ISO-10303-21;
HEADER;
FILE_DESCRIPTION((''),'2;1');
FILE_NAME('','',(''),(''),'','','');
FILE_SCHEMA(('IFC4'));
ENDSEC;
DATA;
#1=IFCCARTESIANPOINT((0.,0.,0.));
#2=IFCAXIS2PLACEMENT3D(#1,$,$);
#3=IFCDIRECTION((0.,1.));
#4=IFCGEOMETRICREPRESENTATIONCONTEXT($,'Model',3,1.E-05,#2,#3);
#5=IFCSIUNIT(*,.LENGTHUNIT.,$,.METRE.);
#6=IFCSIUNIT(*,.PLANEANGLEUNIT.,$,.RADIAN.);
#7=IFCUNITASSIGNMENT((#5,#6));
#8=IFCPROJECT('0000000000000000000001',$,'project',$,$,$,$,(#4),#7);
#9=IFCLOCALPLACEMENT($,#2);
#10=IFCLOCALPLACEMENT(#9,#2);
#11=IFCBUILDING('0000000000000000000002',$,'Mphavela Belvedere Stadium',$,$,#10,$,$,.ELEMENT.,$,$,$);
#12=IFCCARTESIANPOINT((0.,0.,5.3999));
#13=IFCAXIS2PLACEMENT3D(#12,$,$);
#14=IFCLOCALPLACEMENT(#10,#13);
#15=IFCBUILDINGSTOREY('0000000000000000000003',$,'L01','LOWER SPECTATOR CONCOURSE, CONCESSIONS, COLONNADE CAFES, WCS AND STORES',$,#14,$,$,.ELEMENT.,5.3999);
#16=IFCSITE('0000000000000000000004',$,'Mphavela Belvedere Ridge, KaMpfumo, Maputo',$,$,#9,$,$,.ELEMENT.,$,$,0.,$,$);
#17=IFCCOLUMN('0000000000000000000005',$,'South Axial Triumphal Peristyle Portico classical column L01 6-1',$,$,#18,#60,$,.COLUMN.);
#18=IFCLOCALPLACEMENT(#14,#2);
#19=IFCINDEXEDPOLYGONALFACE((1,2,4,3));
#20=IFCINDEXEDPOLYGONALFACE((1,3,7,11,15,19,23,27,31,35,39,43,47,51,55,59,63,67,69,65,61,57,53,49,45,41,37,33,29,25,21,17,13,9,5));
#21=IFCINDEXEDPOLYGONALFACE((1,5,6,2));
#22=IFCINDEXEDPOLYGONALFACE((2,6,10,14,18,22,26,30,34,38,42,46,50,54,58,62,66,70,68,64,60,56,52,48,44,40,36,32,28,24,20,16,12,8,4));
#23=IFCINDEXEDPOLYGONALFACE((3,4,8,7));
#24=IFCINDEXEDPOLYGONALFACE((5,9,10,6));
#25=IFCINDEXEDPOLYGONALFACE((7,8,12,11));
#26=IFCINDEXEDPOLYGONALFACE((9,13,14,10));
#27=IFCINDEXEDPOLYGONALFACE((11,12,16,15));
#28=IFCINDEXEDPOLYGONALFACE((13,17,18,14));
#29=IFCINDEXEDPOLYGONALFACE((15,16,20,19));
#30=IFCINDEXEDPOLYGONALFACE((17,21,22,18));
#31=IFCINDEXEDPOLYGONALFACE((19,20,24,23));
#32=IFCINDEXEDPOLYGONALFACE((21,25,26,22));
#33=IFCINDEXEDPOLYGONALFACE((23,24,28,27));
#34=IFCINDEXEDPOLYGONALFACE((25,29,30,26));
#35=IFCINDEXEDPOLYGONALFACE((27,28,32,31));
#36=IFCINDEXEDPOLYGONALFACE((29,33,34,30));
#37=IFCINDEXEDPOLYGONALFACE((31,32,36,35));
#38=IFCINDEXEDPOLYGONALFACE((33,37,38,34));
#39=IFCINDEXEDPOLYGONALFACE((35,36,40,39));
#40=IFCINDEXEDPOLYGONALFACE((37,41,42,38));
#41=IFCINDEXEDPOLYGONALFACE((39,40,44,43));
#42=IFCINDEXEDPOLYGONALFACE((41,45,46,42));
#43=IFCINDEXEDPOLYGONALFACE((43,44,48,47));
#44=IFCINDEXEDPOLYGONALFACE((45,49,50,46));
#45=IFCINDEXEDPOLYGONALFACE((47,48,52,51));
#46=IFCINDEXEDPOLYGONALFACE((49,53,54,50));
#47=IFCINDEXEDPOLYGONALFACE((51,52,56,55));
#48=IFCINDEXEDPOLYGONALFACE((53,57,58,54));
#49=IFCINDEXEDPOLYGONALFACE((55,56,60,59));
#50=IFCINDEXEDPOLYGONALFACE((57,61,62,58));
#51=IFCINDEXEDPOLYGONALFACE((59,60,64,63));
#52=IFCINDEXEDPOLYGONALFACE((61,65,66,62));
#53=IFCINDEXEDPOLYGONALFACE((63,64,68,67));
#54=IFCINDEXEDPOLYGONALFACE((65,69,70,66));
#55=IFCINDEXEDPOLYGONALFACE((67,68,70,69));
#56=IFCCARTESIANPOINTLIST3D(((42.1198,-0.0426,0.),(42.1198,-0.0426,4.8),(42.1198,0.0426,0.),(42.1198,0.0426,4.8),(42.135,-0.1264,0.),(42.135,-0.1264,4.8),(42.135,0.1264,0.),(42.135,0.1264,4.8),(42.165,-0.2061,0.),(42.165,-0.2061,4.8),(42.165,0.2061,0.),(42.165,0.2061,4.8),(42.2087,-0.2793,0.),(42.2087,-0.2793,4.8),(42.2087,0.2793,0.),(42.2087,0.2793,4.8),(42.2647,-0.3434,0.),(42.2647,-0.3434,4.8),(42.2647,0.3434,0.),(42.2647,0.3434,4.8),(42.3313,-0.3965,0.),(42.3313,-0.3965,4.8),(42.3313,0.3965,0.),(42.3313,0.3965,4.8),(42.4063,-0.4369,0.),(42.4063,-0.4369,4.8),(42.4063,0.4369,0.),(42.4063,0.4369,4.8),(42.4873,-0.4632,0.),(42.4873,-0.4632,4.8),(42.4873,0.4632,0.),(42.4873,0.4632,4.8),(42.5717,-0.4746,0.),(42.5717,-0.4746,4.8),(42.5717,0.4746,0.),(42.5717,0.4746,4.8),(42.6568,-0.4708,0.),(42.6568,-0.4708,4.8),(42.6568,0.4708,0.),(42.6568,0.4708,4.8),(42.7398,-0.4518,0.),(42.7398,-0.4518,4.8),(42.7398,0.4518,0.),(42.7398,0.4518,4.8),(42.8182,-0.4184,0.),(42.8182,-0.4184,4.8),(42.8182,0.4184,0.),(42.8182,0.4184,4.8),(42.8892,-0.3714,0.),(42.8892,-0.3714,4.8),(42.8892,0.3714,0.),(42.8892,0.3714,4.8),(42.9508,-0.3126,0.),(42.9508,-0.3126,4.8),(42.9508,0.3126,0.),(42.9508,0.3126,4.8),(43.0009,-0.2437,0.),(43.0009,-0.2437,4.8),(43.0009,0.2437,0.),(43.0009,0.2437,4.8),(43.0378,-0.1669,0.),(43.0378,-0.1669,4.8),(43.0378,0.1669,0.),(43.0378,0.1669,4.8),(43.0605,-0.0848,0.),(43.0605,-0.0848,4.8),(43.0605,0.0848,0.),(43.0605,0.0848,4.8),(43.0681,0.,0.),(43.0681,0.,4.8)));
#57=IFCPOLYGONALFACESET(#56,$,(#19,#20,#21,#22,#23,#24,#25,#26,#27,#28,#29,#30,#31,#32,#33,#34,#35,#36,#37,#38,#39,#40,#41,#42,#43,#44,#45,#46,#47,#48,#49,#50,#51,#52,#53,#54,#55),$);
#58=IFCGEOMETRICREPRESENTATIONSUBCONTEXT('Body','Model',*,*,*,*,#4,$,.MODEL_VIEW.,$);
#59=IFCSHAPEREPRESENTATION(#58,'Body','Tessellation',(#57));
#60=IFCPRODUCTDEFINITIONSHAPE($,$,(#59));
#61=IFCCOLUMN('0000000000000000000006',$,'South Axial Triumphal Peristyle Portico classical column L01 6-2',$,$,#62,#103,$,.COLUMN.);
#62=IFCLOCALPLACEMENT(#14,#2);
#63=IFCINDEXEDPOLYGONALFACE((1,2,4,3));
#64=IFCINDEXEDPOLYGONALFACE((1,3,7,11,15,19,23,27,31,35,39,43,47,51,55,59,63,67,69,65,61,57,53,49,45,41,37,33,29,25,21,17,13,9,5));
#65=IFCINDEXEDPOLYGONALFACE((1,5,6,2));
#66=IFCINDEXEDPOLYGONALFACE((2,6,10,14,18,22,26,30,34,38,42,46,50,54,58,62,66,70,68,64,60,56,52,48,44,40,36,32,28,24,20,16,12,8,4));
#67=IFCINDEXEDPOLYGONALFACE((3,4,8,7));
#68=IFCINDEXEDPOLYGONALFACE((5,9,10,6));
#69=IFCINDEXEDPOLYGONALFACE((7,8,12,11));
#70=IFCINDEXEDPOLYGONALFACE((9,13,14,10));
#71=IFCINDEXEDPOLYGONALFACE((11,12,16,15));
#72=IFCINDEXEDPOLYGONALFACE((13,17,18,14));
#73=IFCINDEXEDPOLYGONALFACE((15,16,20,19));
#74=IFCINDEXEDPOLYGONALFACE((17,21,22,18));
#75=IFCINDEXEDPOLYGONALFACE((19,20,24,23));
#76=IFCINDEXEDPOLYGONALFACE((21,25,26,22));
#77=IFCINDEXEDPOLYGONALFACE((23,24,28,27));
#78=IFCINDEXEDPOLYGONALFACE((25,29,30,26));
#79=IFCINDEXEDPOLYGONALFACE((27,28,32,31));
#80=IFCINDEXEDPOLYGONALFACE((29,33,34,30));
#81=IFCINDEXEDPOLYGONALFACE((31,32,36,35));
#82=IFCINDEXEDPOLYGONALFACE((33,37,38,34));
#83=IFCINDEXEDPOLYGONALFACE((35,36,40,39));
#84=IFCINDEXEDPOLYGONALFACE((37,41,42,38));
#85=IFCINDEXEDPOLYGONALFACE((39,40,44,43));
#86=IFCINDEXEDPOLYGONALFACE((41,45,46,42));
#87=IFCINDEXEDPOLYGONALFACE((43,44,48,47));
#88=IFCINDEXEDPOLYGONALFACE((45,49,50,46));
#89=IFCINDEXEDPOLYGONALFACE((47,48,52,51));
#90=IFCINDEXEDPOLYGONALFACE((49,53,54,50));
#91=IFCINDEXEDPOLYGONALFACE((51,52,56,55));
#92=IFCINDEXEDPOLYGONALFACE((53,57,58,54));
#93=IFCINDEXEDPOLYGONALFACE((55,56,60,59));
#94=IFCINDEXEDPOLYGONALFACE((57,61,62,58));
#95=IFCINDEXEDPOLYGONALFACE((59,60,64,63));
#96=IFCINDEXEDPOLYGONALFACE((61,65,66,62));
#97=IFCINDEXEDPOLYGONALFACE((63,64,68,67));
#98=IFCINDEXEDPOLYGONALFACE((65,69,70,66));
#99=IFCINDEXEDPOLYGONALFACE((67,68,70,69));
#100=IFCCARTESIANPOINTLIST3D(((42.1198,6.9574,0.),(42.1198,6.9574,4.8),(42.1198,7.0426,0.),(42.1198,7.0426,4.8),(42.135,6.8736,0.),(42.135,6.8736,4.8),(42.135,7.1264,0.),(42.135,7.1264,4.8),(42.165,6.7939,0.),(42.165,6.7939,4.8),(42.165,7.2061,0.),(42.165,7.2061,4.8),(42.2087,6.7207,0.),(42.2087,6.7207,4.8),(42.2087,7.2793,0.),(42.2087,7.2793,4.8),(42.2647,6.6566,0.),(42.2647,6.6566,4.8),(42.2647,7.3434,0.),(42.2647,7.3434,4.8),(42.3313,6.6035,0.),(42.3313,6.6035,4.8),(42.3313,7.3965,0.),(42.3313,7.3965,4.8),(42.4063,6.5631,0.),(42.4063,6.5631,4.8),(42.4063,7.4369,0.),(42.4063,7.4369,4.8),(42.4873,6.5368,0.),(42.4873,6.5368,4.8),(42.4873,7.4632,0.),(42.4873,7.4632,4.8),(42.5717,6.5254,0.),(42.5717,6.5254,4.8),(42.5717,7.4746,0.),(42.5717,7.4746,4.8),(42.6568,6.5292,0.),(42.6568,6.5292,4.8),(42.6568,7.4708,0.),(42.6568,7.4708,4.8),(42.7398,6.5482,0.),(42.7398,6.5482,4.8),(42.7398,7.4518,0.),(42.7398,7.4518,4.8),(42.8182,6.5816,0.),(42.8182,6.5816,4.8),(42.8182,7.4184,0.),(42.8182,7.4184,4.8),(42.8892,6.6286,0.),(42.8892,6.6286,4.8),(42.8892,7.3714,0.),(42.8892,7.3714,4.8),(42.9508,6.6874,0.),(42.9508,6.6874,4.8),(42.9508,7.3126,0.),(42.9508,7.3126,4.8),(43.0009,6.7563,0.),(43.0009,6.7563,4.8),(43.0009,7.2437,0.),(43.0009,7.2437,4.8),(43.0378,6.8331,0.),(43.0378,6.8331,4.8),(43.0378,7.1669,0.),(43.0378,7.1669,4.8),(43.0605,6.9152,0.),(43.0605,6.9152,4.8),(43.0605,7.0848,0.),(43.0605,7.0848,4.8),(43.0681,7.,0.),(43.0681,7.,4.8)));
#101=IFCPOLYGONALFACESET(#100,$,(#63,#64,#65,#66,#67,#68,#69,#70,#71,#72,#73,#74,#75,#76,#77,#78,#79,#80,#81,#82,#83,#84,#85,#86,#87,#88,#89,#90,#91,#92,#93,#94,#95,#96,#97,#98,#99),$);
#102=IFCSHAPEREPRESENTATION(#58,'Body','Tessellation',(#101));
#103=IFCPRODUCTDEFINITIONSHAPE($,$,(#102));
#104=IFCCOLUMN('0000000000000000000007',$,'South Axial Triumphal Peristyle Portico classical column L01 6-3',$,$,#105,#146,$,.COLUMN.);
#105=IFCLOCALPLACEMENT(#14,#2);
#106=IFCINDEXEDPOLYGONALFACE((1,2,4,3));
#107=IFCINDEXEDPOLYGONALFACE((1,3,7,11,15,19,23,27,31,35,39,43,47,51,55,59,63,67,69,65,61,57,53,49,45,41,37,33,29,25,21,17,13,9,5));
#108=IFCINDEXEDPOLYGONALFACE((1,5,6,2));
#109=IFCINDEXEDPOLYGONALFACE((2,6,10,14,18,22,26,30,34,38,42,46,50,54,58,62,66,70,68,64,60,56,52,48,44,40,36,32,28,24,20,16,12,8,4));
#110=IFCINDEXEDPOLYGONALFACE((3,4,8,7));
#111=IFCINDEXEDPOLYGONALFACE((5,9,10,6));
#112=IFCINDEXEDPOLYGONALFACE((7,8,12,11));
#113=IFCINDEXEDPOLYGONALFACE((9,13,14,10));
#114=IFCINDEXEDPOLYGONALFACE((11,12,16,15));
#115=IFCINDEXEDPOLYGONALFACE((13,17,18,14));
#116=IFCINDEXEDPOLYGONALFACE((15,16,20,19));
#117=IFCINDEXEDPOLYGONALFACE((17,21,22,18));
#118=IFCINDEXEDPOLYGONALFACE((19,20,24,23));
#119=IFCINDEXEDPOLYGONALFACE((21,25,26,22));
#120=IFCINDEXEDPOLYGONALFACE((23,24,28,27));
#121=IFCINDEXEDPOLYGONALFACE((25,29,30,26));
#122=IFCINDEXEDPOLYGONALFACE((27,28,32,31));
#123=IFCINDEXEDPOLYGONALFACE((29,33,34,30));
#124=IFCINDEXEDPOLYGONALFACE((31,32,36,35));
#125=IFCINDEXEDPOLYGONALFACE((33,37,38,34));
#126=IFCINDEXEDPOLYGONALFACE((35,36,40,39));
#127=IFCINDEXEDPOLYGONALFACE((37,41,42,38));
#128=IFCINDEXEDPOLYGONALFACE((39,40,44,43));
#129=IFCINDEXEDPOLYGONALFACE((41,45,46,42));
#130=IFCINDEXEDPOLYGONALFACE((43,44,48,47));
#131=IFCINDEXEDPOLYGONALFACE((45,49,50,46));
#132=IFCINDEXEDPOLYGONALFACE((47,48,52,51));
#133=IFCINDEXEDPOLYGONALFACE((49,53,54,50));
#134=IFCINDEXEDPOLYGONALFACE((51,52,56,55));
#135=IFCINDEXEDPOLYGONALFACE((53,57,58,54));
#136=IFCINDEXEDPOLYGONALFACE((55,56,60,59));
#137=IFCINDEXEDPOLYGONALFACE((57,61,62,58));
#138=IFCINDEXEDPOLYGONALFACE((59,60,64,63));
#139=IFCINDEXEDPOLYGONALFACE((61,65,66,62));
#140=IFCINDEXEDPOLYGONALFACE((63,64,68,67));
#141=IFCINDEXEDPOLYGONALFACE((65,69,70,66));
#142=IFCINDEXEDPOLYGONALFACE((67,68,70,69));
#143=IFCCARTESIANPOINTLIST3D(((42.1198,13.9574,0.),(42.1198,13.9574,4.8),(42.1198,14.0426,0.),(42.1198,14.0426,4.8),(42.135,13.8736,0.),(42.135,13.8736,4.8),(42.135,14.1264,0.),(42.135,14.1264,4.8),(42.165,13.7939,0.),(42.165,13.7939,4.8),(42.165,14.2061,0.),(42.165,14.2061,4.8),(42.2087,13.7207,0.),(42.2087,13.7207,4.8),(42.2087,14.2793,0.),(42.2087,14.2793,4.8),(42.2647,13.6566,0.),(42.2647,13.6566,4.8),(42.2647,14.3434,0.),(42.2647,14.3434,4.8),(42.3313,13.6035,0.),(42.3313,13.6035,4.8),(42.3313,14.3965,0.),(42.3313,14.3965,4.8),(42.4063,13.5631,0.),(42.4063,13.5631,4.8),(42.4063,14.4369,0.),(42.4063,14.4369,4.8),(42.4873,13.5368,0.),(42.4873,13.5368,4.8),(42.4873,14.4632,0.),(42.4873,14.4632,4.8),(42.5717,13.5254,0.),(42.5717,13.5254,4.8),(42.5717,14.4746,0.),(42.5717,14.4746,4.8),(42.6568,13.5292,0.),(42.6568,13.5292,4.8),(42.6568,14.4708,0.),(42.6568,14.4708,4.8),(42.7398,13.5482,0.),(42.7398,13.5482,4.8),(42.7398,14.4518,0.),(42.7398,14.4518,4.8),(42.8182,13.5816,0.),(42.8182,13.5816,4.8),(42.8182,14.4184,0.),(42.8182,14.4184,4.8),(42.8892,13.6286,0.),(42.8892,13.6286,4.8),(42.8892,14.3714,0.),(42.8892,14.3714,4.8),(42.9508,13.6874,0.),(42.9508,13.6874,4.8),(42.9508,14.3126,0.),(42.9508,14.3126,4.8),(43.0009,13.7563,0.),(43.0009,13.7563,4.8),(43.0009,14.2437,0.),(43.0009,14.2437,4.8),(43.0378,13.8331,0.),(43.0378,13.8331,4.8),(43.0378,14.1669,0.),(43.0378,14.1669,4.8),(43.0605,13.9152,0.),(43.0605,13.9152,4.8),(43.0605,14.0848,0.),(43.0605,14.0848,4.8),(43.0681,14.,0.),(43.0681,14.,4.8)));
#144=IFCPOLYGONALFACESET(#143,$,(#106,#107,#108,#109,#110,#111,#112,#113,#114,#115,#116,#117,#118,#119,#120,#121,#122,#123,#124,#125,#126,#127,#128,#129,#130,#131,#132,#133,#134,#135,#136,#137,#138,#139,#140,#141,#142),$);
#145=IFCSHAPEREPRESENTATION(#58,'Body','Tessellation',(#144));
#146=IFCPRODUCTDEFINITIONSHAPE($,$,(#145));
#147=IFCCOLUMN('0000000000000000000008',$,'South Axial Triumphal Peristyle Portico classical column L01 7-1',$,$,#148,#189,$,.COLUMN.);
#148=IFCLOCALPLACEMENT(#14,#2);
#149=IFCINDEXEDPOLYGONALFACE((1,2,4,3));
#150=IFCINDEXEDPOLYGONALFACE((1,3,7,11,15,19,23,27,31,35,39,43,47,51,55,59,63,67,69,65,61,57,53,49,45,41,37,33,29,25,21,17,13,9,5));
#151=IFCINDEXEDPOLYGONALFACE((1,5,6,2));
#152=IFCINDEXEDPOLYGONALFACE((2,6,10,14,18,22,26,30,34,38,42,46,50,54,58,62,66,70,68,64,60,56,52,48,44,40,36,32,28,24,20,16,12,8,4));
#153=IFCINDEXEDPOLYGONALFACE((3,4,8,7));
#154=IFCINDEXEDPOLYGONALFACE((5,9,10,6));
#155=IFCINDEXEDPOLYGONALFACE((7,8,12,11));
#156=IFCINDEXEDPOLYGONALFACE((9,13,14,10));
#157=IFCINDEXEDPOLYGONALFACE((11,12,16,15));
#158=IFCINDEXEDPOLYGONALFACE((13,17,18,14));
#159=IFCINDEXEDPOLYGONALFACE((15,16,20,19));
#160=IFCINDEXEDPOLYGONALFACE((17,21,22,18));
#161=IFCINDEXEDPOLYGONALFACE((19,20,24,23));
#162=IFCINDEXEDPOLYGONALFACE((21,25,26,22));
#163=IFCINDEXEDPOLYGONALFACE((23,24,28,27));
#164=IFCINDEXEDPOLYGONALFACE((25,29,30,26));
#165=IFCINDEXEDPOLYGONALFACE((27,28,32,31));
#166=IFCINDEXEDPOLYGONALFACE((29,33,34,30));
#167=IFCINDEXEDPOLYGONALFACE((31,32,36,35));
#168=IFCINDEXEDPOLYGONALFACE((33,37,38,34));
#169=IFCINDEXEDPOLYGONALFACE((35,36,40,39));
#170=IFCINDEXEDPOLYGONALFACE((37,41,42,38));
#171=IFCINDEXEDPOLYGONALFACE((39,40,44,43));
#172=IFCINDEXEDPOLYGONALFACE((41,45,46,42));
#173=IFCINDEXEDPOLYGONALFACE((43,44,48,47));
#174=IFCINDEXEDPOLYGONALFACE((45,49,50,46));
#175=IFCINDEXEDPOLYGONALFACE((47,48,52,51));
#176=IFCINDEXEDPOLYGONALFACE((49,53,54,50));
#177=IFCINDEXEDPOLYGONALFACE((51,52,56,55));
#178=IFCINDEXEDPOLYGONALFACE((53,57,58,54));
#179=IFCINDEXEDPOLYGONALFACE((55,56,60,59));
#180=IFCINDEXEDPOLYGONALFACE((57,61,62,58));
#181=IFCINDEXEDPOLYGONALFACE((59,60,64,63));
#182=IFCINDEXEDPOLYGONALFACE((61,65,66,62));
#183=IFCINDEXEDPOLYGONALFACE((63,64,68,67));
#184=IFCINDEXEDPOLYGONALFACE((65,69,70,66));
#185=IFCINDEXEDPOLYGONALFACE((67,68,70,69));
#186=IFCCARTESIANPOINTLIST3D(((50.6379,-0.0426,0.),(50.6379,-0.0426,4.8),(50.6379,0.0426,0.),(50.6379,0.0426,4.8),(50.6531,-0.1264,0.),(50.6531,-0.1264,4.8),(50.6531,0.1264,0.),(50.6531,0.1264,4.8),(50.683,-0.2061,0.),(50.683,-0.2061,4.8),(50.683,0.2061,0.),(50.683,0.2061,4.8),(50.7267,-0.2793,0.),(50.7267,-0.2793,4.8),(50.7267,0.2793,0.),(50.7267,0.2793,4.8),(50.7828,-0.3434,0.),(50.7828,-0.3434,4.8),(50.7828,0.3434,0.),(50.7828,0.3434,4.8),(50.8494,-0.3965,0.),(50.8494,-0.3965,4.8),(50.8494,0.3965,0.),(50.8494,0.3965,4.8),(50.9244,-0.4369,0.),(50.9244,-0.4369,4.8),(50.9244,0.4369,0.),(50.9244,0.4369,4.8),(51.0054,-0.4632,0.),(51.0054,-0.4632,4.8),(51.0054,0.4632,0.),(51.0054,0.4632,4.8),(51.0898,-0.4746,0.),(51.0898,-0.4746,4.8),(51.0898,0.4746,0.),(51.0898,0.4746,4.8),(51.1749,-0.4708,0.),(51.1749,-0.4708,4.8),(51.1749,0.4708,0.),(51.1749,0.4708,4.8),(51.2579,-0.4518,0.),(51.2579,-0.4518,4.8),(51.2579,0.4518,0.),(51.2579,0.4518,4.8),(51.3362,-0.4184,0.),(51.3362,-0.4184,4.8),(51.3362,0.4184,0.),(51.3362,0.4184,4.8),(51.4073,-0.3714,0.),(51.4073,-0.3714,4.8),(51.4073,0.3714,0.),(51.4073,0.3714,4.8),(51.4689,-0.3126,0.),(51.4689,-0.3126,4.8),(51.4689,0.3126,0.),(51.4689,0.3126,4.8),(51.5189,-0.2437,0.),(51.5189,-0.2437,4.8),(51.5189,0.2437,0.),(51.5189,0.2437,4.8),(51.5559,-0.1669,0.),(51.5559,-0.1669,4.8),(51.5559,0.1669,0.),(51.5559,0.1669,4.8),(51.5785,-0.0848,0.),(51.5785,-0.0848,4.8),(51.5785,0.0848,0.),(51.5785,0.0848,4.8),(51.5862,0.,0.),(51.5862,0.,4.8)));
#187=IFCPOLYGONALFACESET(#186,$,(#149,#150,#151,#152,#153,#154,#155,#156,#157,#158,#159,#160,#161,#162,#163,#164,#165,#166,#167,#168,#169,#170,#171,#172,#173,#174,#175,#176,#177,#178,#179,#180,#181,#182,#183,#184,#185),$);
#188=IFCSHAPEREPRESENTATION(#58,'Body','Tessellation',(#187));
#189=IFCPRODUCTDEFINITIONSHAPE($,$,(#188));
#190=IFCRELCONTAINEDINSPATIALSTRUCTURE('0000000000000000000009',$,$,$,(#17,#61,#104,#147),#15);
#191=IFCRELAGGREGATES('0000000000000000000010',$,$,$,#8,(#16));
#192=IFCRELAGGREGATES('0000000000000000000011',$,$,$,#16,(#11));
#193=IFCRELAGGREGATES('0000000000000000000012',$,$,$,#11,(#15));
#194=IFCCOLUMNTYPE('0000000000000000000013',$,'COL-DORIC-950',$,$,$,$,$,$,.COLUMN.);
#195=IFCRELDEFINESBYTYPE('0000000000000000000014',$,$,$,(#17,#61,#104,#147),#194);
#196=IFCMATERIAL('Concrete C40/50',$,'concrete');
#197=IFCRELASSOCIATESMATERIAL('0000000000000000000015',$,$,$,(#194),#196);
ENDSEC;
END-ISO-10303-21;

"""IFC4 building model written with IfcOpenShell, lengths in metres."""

from ifc_helpers import new_model, si_unit, direction, frame, origin, origin_2d, place, context, subcontext, project, spatial, circle, extrude, material, material_profile, profile_set, type_object, element, save


model = new_model("IFC4")

# Units and contexts
model_context = context("Model", 3, precision=1e-05, world=origin(), true_north=direction((0.0, 1.0)))
body_context = subcontext(model_context, "Body", "Model", "MODEL_VIEW")
ifc_project = project(units=[si_unit("LENGTHUNIT", "METRE"), si_unit("PLANEANGLEUNIT", "RADIAN")], contexts=[model_context])

# Site, building, storey
site_placement = place(None, origin())
site = spatial("IfcSite", under=ifc_project, at=site_placement, Name="Mphavela Belvedere Ridge, KaMpfumo, Maputo", CompositionType="ELEMENT", RefElevation=0.0)
building_placement = place(site_placement, origin())
building = spatial("IfcBuilding", under=site, at=building_placement, Name="Mphavela Belvedere Stadium", CompositionType="ELEMENT")
storey_placement = place(building_placement, frame((0.0, 0.0, 5.3999)))
storey = spatial("IfcBuildingStorey", under=building, at=storey_placement, Name="L01", Description="LOWER SPECTATOR CONCOURSE, CONCESSIONS, COLONNADE CAFES, WCS AND STORES", CompositionType="ELEMENT", Elevation=5.3999)

# Columns
ifc_material_1 = material(Name="Concrete C40/50", Category="concrete")
ifc_material_profile_1 = material_profile(ifc_material_1, circle(Radius=0.4751, at=origin_2d()), Name="COL D950")
ifc_profile_set_1 = profile_set([ifc_material_profile_1], Name="Concrete C40/50")
column_type = type_object("IfcColumnType", Name="COL-DORIC-950", PredefinedType="COLUMN", material=ifc_profile_set_1)
for number, where, z_axis, x_axis, name in (
    (1, (42.593, 0.0, 0.0), (0.0, 0.0, 1.0), (1.0, 0.0, 0.0), "South Axial Triumphal Peristyle Portico classical column L01 6-1"),
    (2, (42.593, 7.0, 0.0), (0.0, 0.0, 1.0), (1.0, 0.0, 0.0), "South Axial Triumphal Peristyle Portico classical column L01 6-2"),
    (3, (42.593, 14.0, 0.0), (0.0, 0.0, 1.0), (1.0, 0.0, 0.0), "South Axial Triumphal Peristyle Portico classical column L01 6-3"),
    (4, (51.1111, 0.0, 0.0), (0.0, 0.0, 1.0), (1.0, 0.0, 0.0), "South Axial Triumphal Peristyle Portico classical column L01 7-1"),
):
    element("IfcColumn", number, at=place(storey_placement, frame(where, z_axis=z_axis, x_axis=x_axis)), inside=storey, type_object=column_type, Name=name, PredefinedType="COLUMN", context=body_context, shape_type="SweptSolid", body=[
        extrude(circle(Radius=0.4751, at=origin_2d()), origin(), (0.0, 0.0, 1.0), 4.8),
    ])

save(model, "model.ifc")
